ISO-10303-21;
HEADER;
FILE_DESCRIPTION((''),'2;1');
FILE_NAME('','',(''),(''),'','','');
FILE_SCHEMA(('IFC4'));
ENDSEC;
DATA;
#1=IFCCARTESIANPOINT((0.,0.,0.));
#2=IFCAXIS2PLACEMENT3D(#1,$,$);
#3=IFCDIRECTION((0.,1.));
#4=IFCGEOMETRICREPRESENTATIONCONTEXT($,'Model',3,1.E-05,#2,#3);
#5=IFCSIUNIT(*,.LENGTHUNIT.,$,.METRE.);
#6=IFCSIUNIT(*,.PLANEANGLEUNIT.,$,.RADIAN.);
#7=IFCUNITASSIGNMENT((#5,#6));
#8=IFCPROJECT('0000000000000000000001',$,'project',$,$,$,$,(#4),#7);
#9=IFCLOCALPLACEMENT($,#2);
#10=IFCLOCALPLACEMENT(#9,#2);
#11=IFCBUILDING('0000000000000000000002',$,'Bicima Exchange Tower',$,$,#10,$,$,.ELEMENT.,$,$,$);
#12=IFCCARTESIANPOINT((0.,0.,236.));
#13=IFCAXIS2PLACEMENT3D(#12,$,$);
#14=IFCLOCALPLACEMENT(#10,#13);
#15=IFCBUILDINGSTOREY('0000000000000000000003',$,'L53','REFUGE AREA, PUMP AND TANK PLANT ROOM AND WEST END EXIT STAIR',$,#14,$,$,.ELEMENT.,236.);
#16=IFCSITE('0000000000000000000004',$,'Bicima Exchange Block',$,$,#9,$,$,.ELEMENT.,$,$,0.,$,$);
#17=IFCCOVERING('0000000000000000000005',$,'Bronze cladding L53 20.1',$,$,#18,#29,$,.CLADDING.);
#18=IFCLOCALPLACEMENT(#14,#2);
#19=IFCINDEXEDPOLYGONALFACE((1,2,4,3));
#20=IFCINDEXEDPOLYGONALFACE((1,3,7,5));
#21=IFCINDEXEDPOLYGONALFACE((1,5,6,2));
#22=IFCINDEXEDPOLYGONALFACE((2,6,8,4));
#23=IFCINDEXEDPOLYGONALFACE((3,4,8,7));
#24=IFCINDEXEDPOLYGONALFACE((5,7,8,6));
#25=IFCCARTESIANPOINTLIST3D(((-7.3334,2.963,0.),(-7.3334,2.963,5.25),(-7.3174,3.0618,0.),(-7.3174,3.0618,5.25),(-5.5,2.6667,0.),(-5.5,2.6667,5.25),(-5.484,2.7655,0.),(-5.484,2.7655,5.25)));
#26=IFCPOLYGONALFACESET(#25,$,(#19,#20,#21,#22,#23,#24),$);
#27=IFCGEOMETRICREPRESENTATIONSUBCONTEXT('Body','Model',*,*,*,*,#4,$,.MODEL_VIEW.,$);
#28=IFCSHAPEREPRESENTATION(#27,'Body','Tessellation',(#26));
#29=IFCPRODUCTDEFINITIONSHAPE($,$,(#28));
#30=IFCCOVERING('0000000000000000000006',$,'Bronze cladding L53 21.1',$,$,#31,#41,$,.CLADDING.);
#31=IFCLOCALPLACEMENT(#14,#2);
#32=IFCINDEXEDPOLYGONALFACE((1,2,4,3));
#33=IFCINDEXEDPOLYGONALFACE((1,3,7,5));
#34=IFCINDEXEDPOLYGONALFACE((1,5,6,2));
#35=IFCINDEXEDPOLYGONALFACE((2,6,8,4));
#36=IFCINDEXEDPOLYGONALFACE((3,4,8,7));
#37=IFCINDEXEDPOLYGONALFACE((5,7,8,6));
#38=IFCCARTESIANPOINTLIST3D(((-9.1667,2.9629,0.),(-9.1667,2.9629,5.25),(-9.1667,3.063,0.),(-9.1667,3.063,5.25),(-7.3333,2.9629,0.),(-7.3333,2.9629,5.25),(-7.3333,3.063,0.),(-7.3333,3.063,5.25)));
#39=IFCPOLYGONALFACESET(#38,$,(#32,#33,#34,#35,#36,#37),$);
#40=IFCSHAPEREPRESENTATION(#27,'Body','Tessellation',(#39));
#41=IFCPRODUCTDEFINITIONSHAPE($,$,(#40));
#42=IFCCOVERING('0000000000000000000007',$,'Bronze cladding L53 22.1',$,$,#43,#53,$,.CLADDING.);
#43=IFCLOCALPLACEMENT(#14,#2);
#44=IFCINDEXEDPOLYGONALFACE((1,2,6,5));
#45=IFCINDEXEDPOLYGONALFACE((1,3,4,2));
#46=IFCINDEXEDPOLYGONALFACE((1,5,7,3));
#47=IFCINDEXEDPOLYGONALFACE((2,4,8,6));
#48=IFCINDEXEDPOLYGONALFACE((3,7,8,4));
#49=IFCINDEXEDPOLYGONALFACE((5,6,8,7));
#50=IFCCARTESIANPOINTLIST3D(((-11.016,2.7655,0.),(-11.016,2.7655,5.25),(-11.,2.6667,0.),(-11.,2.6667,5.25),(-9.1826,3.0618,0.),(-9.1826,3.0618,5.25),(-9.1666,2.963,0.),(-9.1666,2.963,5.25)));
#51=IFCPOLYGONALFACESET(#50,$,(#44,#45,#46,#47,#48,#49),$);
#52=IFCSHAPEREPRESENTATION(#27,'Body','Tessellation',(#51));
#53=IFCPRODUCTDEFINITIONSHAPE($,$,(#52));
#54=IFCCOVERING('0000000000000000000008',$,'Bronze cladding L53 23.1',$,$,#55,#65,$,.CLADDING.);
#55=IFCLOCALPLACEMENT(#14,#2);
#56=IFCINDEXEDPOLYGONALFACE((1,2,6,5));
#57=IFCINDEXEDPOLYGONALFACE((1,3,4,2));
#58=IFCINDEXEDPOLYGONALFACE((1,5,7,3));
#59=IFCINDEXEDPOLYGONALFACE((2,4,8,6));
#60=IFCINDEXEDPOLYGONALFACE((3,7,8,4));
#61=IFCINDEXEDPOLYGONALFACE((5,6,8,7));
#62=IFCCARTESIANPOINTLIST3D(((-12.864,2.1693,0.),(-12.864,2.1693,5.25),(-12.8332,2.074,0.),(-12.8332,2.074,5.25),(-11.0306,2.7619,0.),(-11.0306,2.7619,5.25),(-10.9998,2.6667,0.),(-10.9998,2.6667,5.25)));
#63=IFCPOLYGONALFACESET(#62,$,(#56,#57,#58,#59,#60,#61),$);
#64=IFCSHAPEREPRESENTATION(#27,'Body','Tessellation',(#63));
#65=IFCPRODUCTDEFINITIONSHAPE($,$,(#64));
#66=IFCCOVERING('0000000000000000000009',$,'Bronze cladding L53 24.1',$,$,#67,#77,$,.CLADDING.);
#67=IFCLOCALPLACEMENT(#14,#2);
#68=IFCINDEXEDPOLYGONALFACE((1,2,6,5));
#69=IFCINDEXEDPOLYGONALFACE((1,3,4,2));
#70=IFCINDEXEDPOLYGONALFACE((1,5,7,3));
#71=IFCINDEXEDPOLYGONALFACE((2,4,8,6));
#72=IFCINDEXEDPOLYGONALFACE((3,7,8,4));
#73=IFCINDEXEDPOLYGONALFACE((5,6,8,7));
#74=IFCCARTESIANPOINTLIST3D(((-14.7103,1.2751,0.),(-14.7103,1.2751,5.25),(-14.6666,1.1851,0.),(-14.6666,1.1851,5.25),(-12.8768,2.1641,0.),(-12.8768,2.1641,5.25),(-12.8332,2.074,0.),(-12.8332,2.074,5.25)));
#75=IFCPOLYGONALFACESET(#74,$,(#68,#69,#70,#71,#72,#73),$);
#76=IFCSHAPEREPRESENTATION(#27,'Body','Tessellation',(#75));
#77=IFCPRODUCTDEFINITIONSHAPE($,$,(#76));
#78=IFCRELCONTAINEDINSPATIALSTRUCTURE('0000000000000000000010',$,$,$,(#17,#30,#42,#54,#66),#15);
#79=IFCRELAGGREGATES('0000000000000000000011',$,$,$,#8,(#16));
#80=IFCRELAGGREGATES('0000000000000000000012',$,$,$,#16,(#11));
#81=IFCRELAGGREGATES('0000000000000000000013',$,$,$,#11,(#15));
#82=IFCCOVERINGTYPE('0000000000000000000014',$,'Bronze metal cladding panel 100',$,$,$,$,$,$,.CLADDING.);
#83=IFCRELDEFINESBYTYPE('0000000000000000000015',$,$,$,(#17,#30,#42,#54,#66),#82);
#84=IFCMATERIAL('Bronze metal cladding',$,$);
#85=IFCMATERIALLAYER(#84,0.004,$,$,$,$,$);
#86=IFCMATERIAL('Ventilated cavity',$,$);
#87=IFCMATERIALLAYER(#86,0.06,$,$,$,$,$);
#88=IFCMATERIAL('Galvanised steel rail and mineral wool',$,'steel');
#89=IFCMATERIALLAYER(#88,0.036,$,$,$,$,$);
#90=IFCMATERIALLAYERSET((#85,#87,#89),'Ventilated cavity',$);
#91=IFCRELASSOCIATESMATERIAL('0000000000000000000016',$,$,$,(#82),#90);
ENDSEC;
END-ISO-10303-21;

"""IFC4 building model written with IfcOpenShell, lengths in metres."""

from ifc_helpers import new_model, si_unit, direction, frame, origin, origin_2d, place, context, subcontext, project, spatial, rectangle, extrude, material, layer, layer_set, type_object, element, save


model = new_model("IFC4")

# Units and contexts
model_context = context("Model", 3, precision=1e-05, world=origin(), true_north=direction((0.0, 1.0)))
body_context = subcontext(model_context, "Body", "Model", "MODEL_VIEW")
ifc_project = project(units=[si_unit("LENGTHUNIT", "METRE"), si_unit("PLANEANGLEUNIT", "RADIAN")], contexts=[model_context])

# Site, building, storey
site_placement = place(None, origin())
site = spatial("IfcSite", under=ifc_project, at=site_placement, Name="Bicima Exchange Block", CompositionType="ELEMENT", RefElevation=0.0)
building_placement = place(site_placement, origin())
building = spatial("IfcBuilding", under=site, at=building_placement, Name="Bicima Exchange Tower", CompositionType="ELEMENT")
storey_placement = place(building_placement, frame((0.0, 0.0, 236.0)))
storey = spatial("IfcBuildingStorey", under=building, at=storey_placement, Name="L53", Description="REFUGE AREA, PUMP AND TANK PLANT ROOM AND WEST END EXIT STAIR", CompositionType="ELEMENT", Elevation=236.0)

# Coverings
ifc_material_1 = material(Name="Bronze metal cladding")
ifc_layer_1 = layer(ifc_material_1, 0.004)
ifc_material_2 = material(Name="Ventilated cavity")
ifc_layer_2 = layer(ifc_material_2, 0.06)
ifc_material_3 = material(Name="Galvanised steel rail and mineral wool", Category="steel")
ifc_layer_3 = layer(ifc_material_3, 0.036)
ifc_layer_set_1 = layer_set([ifc_layer_1, ifc_layer_2, ifc_layer_3], Name="Ventilated cavity")
covering_type = type_object("IfcCoveringType", Name="Bronze metal cladding panel 100", PredefinedType="CLADDING", material=ifc_layer_set_1)
covering_1_placement = place(storey_placement, frame((-6.4087, 2.8643, 0.0), z_axis=(0.0, 0.0, 1.0), x_axis=(-0.98719, 0.15955, 0.0)))
element("IfcCovering", 1, at=covering_1_placement, inside=storey, type_object=covering_type, Name="Bronze cladding L53 20.1", PredefinedType="CLADDING", context=body_context, shape_type="SweptSolid", body=[
    extrude(rectangle(XDim=1.8572, YDim=0.1001, at=origin_2d()), origin(), (0.0, 0.0, 1.0), 5.25),
])
covering_2_placement = place(storey_placement, frame((-8.25, 3.0129, 0.0), z_axis=(0.0, 0.0, 1.0), x_axis=(-1.0, 0.0, 0.0)))
element("IfcCovering", 2, at=covering_2_placement, inside=storey, type_object=covering_type, Name="Bronze cladding L53 21.1", PredefinedType="CLADDING", context=body_context, shape_type="SweptSolid", body=[
    extrude(rectangle(XDim=1.8335, YDim=0.1001, at=origin_2d()), origin(), (0.0, 0.0, 1.0), 5.25),
])
covering_3_placement = place(storey_placement, frame((-10.0913, 2.8643, 0.0), z_axis=(0.0, 0.0, 1.0), x_axis=(-0.98719, -0.15955, 0.0)))
element("IfcCovering", 3, at=covering_3_placement, inside=storey, type_object=covering_type, Name="Bronze cladding L53 22.1", PredefinedType="CLADDING", context=body_context, shape_type="SweptSolid", body=[
    extrude(rectangle(XDim=1.8572, YDim=0.1001, at=origin_2d()), origin(), (0.0, 0.0, 1.0), 5.25),
])
covering_4_placement = place(storey_placement, frame((-11.9319, 2.418, 0.0), z_axis=(0.0, 0.0, 1.0), x_axis=(-0.951525, -0.307573, 0.0)))
element("IfcCovering", 4, at=covering_4_placement, inside=storey, type_object=covering_type, Name="Bronze cladding L53 23.1", PredefinedType="CLADDING", context=body_context, shape_type="SweptSolid", body=[
    extrude(rectangle(XDim=1.9268, YDim=0.1001, at=origin_2d()), origin(), (0.0, 0.0, 1.0), 5.25),
])
covering_5_placement = place(storey_placement, frame((-13.7717, 1.6746, 0.0), z_axis=(0.0, 0.0, 1.0), x_axis=(-0.899818, -0.436265, 0.0)))
element("IfcCovering", 5, at=covering_5_placement, inside=storey, type_object=covering_type, Name="Bronze cladding L53 24.1", PredefinedType="CLADDING", context=body_context, shape_type="SweptSolid", body=[
    extrude(rectangle(XDim=2.0376, YDim=0.1001, at=origin_2d()), origin(), (0.0, 0.0, 1.0), 5.25),
])

save(model, "model.ifc")
